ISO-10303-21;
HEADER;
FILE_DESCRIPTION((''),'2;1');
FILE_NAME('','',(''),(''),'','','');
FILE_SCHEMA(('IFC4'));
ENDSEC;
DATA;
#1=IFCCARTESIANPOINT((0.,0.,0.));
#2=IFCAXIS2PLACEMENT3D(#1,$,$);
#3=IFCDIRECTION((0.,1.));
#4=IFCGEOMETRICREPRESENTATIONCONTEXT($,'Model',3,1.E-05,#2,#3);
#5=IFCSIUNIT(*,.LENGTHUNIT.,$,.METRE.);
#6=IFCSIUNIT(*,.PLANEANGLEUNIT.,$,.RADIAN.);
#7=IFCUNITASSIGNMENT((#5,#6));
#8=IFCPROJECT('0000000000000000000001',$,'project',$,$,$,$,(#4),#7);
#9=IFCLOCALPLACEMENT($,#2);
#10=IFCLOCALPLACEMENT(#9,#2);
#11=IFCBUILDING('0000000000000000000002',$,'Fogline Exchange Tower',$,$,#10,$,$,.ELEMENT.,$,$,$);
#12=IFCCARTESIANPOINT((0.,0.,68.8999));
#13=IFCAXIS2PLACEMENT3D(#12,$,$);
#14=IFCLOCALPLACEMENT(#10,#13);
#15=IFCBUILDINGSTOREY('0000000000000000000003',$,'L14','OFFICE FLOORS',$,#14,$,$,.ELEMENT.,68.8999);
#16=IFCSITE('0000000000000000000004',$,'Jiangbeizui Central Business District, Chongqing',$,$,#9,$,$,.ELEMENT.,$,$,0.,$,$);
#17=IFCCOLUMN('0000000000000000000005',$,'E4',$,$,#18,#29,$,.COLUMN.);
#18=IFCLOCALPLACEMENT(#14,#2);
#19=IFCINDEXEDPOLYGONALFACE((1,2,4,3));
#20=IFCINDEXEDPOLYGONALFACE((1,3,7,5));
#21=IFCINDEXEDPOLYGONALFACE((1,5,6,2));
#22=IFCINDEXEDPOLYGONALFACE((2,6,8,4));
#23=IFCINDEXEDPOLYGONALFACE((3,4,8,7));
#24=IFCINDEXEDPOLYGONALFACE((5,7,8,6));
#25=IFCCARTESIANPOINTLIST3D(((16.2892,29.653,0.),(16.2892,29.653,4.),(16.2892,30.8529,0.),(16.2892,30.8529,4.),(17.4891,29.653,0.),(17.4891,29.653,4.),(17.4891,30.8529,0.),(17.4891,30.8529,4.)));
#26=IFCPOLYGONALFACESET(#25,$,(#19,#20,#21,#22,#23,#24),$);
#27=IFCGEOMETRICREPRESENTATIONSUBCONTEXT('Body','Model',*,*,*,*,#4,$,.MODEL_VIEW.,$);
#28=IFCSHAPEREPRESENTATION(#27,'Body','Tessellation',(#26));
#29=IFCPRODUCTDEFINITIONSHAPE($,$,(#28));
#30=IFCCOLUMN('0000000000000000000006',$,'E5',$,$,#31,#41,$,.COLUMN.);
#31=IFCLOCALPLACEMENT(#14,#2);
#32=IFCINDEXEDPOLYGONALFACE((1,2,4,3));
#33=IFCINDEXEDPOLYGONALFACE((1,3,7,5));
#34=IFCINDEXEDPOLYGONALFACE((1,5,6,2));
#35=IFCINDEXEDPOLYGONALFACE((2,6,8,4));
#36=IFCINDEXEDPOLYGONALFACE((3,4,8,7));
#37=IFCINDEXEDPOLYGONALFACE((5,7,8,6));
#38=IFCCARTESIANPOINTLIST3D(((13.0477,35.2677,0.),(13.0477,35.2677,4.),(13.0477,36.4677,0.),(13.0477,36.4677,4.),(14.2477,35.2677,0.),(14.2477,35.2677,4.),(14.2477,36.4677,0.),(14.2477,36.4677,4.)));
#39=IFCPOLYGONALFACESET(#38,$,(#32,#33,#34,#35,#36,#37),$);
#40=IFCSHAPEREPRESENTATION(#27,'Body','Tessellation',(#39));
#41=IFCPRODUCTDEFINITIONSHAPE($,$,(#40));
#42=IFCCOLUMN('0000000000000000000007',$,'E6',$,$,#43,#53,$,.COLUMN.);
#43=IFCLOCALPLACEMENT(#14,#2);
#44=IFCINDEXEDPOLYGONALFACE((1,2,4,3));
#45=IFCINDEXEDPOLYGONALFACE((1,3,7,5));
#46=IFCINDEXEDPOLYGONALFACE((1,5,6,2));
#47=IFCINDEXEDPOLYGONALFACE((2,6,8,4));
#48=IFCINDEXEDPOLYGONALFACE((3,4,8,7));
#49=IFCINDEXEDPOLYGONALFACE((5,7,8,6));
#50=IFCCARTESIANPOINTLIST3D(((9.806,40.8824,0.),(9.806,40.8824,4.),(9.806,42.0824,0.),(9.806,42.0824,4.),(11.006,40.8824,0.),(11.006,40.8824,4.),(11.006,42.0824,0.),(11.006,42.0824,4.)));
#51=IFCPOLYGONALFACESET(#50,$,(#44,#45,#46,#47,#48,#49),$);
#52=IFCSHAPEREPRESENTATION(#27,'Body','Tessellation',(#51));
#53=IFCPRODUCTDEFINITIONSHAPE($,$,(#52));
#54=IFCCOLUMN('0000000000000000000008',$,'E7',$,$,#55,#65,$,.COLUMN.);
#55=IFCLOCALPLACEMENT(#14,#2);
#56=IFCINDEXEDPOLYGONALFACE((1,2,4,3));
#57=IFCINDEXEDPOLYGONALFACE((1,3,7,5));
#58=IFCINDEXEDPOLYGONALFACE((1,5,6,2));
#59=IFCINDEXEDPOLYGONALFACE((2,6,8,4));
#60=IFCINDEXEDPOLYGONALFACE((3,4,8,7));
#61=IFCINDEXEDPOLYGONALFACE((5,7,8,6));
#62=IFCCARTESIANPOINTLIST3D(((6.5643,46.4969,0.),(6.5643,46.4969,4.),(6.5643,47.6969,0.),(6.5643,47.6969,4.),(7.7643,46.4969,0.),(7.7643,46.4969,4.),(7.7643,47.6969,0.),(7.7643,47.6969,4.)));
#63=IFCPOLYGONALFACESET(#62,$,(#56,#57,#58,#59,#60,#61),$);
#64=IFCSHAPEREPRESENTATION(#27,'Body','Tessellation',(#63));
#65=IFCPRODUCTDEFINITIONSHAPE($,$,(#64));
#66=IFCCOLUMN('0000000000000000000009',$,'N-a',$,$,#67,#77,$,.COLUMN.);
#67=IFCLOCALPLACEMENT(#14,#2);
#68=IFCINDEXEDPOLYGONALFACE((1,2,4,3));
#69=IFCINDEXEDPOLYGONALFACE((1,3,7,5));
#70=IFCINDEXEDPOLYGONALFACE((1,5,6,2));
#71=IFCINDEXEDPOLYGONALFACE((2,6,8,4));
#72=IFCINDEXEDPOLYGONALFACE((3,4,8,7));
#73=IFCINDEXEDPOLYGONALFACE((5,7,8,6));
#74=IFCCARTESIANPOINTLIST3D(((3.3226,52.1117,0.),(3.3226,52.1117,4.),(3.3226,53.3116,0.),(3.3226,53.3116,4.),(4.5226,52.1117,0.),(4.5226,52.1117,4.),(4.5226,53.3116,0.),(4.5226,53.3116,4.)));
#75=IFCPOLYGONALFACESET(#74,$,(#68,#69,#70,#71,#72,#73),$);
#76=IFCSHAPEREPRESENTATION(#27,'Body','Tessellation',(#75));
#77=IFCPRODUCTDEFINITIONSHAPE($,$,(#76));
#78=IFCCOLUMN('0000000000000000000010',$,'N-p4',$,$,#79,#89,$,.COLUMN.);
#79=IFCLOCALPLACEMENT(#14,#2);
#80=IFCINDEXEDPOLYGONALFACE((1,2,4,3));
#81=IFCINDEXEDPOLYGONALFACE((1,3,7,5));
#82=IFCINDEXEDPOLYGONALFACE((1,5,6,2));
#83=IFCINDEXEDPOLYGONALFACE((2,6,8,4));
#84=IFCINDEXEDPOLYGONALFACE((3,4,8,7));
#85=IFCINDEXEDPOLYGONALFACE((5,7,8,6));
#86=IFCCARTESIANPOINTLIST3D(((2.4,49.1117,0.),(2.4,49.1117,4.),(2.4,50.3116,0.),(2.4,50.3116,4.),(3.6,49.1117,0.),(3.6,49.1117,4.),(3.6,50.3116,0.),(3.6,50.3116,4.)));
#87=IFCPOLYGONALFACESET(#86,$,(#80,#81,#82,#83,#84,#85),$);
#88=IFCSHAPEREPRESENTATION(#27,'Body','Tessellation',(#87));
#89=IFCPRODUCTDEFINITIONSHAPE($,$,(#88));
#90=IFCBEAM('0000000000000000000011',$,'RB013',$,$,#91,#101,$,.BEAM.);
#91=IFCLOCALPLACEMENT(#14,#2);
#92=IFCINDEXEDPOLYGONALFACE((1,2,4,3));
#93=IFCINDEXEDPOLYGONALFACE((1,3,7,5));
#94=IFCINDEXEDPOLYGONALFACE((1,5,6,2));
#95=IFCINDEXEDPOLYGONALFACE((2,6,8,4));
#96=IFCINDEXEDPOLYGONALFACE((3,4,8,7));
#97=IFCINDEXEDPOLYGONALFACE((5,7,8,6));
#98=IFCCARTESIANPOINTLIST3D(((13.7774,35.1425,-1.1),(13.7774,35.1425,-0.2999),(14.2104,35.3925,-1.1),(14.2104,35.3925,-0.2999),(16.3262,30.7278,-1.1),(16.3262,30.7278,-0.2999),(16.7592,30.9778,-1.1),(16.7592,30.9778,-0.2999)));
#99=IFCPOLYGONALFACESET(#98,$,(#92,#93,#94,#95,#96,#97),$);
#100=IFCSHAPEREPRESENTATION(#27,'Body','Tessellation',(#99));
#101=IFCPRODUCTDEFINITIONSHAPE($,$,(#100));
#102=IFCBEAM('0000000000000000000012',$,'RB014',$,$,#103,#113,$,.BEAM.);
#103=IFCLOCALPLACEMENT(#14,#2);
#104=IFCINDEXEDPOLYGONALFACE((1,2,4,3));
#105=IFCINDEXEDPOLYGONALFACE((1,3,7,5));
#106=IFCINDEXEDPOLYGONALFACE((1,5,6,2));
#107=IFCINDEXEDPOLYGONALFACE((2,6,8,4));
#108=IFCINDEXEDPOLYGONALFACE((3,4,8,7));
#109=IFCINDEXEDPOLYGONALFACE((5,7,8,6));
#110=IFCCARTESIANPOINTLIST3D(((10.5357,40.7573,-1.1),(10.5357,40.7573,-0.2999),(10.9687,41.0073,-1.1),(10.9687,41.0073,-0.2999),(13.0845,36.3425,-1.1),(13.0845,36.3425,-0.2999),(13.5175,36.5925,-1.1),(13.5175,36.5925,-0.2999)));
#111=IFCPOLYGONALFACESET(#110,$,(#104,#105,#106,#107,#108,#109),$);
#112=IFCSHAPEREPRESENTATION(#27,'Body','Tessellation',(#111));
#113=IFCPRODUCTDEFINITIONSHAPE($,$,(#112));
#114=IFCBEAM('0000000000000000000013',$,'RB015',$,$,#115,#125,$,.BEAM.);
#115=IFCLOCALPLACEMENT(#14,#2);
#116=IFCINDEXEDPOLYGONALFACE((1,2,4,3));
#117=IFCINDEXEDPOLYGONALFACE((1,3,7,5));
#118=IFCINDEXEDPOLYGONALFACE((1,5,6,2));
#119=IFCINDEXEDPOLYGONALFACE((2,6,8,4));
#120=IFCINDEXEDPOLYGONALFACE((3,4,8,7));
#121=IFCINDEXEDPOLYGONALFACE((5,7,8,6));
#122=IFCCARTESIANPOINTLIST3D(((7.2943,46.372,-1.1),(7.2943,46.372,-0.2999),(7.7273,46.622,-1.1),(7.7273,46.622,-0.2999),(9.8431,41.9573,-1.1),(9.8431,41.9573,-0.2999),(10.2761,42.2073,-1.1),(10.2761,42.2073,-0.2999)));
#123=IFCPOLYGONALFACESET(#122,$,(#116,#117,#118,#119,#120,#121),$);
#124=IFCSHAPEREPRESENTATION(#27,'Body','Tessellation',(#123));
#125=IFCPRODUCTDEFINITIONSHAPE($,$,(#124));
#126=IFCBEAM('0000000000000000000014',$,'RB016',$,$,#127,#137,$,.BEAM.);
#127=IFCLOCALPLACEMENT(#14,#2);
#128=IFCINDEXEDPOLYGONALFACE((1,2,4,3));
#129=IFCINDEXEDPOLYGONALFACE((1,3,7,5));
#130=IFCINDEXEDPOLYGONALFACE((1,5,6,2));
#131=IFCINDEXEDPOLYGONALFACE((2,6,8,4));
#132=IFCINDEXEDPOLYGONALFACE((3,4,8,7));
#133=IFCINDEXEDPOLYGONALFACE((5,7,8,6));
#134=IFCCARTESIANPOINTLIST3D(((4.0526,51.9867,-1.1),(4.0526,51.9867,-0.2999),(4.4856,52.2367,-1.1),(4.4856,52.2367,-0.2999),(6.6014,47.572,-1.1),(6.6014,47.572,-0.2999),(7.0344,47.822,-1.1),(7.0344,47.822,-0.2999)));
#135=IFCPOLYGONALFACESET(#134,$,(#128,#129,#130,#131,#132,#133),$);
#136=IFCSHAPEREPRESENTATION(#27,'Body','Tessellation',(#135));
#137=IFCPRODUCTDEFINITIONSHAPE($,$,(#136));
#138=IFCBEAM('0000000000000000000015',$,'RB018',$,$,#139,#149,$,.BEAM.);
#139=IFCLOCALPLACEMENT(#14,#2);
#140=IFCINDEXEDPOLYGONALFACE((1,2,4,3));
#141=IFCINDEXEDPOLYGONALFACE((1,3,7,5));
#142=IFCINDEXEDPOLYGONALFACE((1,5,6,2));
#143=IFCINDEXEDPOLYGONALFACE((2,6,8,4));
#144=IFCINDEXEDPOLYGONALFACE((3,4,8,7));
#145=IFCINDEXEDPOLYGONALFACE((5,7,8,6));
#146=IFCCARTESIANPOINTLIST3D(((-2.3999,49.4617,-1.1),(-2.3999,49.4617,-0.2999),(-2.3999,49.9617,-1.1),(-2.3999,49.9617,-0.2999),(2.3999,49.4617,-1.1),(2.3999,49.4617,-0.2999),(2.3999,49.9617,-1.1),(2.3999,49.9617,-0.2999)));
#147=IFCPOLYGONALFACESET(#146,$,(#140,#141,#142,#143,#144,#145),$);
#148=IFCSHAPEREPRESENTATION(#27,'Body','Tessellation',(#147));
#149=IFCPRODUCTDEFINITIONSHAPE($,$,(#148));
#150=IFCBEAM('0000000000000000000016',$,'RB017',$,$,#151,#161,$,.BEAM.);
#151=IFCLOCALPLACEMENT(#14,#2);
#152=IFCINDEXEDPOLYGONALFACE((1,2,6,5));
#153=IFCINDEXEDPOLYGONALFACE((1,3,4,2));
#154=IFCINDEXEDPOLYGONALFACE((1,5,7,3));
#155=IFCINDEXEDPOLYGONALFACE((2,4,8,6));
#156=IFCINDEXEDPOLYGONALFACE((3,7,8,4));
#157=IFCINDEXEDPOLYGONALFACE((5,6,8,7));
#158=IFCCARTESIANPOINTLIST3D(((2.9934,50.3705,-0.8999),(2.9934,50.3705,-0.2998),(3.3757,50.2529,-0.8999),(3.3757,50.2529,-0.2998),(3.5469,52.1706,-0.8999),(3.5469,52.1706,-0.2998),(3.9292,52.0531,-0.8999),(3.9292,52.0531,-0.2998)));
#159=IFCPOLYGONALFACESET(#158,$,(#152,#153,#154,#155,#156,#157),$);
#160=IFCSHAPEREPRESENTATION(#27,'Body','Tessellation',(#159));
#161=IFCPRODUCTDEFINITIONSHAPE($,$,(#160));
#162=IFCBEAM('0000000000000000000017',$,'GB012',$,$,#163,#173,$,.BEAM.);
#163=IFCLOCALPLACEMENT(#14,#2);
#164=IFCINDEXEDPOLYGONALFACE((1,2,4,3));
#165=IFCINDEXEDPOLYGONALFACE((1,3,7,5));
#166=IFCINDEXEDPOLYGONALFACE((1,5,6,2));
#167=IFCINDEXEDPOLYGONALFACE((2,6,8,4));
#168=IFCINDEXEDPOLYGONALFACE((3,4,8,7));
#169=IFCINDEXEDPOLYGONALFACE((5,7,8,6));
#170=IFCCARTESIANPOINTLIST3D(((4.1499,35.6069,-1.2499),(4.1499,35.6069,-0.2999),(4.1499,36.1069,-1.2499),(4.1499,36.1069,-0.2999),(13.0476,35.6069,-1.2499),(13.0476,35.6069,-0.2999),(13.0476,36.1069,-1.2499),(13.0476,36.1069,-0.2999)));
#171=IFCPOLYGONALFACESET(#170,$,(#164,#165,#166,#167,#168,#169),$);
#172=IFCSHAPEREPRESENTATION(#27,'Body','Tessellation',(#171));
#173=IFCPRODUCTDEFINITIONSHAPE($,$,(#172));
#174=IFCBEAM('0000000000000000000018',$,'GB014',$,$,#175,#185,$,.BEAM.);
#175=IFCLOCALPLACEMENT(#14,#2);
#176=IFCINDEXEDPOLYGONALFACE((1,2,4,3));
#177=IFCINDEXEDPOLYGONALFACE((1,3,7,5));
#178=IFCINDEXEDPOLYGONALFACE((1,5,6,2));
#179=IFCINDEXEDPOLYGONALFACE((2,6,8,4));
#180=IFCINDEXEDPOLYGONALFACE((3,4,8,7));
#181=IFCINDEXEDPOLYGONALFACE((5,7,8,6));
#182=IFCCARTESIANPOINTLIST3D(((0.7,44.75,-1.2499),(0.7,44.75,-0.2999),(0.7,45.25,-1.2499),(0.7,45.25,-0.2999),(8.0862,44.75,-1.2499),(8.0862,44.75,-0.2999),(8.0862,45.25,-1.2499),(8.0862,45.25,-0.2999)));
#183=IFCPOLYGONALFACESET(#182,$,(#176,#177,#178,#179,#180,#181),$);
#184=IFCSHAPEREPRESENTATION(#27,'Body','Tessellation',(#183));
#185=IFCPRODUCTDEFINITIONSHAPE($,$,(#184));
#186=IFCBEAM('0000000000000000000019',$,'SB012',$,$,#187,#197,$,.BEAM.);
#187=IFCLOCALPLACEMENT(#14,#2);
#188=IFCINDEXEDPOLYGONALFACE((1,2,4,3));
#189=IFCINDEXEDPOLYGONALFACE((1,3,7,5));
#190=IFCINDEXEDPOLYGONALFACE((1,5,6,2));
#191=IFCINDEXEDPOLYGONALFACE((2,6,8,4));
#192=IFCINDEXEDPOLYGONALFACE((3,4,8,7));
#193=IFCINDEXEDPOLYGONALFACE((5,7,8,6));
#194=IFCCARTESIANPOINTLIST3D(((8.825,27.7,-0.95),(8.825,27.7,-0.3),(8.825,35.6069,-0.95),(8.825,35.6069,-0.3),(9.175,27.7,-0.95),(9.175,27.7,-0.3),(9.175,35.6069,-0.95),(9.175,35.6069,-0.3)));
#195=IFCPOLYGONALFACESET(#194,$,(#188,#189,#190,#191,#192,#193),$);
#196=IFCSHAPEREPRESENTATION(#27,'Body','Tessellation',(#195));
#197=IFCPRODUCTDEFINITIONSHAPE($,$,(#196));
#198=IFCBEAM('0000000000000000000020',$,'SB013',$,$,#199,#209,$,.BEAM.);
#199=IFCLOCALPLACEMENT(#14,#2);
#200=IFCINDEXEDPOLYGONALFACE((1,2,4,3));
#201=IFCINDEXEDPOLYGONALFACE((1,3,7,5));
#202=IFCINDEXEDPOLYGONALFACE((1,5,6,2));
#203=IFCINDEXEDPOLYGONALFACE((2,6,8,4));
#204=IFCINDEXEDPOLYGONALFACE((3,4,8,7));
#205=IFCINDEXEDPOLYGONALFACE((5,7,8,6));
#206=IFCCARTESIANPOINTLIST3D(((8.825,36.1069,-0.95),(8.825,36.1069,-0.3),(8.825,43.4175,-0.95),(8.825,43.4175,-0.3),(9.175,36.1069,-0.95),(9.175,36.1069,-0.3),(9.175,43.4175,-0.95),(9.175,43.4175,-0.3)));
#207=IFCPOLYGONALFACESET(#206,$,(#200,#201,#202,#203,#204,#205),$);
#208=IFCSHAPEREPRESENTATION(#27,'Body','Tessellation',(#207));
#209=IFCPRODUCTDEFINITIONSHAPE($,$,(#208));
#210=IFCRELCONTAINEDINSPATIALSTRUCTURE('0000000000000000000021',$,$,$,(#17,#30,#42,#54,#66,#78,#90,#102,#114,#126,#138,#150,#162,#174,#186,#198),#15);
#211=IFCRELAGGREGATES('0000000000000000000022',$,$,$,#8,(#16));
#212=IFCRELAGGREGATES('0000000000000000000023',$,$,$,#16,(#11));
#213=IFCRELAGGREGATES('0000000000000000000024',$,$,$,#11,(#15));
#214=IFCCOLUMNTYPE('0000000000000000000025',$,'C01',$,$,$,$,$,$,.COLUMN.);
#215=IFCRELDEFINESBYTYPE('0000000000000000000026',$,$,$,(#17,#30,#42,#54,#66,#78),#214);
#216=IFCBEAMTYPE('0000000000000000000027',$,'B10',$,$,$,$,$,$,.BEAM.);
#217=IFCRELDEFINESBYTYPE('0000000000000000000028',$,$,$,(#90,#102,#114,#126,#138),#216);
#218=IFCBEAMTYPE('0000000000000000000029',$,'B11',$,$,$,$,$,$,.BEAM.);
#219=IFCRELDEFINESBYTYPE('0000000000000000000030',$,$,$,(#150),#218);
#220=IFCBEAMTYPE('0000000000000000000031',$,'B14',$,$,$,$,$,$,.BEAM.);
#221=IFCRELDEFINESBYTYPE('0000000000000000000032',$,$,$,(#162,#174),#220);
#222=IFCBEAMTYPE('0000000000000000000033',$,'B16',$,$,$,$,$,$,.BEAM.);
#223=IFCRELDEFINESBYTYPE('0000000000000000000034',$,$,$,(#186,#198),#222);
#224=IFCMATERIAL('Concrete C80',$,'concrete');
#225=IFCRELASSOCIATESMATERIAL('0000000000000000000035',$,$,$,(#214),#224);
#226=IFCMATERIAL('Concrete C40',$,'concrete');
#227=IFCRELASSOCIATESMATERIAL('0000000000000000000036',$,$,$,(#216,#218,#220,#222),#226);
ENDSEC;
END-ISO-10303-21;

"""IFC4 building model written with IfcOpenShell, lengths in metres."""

from ifc_helpers import new_model, si_unit, direction, frame, origin, origin_2d, place, context, subcontext, project, spatial, rectangle, extrude, material, material_profile, profile_set, type_object, element, save


model = new_model("IFC4")

# Units and contexts
model_context = context("Model", 3, precision=1e-05, world=origin(), true_north=direction((0.0, 1.0)))
body_context = subcontext(model_context, "Body", "Model", "MODEL_VIEW")
ifc_project = project(units=[si_unit("LENGTHUNIT", "METRE"), si_unit("PLANEANGLEUNIT", "RADIAN")], contexts=[model_context])

# Site, building, storey
site_placement = place(None, origin())
site = spatial("IfcSite", under=ifc_project, at=site_placement, Name="Jiangbeizui Central Business District, Chongqing", CompositionType="ELEMENT", RefElevation=0.0)
building_placement = place(site_placement, origin())
building = spatial("IfcBuilding", under=site, at=building_placement, Name="Fogline Exchange Tower", CompositionType="ELEMENT")
storey_placement = place(building_placement, frame((0.0, 0.0, 68.8999)))
storey = spatial("IfcBuildingStorey", under=building, at=storey_placement, Name="L14", Description="OFFICE FLOORS", CompositionType="ELEMENT", Elevation=68.8999)

# Columns
ifc_material_1 = material(Name="Concrete C80", Category="concrete")
ifc_material_profile_1 = material_profile(ifc_material_1, rectangle(XDim=1.2, YDim=1.2, at=origin_2d()), Name="RC 1200x1200")
ifc_profile_set_1 = profile_set([ifc_material_profile_1], Name="Concrete C80")
column_type = type_object("IfcColumnType", Name="C01", PredefinedType="COLUMN", material=ifc_profile_set_1)
for number, where, z_axis, x_axis, name in (
    (1, (16.8892, 30.2529, 0.0), (0.0, 0.0, 1.0), (1.0, 0.0, 0.0), "E4"),
    (2, (13.6477, 35.8677, 0.0), (0.0, 0.0, 1.0), (1.0, 0.0, 0.0), "E5"),
    (3, (10.406, 41.4824, 0.0), (0.0, 0.0, 1.0), (1.0, 0.0, 0.0), "E6"),
    (4, (7.1643, 47.0969, 0.0), (0.0, 0.0, 1.0), (1.0, 0.0, 0.0), "E7"),
    (5, (3.9226, 52.7117, 0.0), (0.0, 0.0, 1.0), (1.0, 0.0, 0.0), "N-a"),
    (6, (3.0, 49.7117, 0.0), (0.0, 0.0, 1.0), (1.0, 0.0, 0.0), "N-p4"),
):
    element("IfcColumn", number, at=place(storey_placement, frame(where, z_axis=z_axis, x_axis=x_axis)), inside=storey, type_object=column_type, Name=name, PredefinedType="COLUMN", context=body_context, shape_type="SweptSolid", body=[
        extrude(rectangle(XDim=1.2, YDim=1.2, at=origin_2d()), origin(), (0.0, 0.0, 1.0), 4.0),
    ])

# Beams
ifc_material_2 = material(Name="Concrete C40", Category="concrete")
ifc_material_profile_2 = material_profile(ifc_material_2, rectangle(XDim=0.5, YDim=0.8, at=origin_2d()), Name="RC 500x800")
ifc_profile_set_2 = profile_set([ifc_material_profile_2], Name="Concrete C40")
beam_type_1 = type_object("IfcBeamType", Name="B10", PredefinedType="BEAM", material=ifc_profile_set_2)
for number, where, z_axis, x_axis, name in (
    (7, (16.5427, 30.8528, -0.7), (-0.499992, 0.86603, 0.0), (-0.86603, -0.499992, 0.0), "RB013"),
    (8, (13.301, 36.4675, -0.7), (-0.499992, 0.86603, 0.0), (-0.86603, -0.499992, 0.0), "RB014"),
    (9, (10.0596, 42.0823, -0.7), (-0.499992, 0.86603, 0.0), (-0.86603, -0.499992, 0.0), "RB015"),
    (10, (6.8179, 47.697, -0.7), (-0.499992, 0.86603, 0.0), (-0.86603, -0.499992, 0.0), "RB016"),
):
    element("IfcBeam", number, at=place(storey_placement, frame(where, z_axis=z_axis, x_axis=x_axis)), inside=storey, type_object=beam_type_1, Name=name, PredefinedType="BEAM", context=body_context, shape_type="SweptSolid", body=[
        extrude(rectangle(XDim=0.5, YDim=0.8, at=origin_2d()), origin(), (0.0, 0.0, 1.0), 5.0977),
    ])
beam_1_placement = place(storey_placement, frame((2.3999, 49.7117, -0.7), z_axis=(-1.0, 0.0, 0.0), x_axis=(0.0, -1.0, 0.0)))
element("IfcBeam", 11, at=beam_1_placement, inside=storey, type_object=beam_type_1, Name="RB018", PredefinedType="BEAM", context=body_context, shape_type="SweptSolid", body=[
    extrude(rectangle(XDim=0.5, YDim=0.8, at=origin_2d()), origin(), (0.0, 0.0, 1.0), 4.7998),
])
ifc_material_profile_3 = material_profile(ifc_material_2, rectangle(XDim=0.3999, YDim=0.6001, at=origin_2d()), Name="RC 400x600")
ifc_profile_set_3 = profile_set([ifc_material_profile_3], Name="Concrete C40")
beam_type_2 = type_object("IfcBeamType", Name="B11", PredefinedType="BEAM", material=ifc_profile_set_3)
beam_2_placement = place(storey_placement, frame((3.738, 52.1118, -0.5999), z_axis=(-0.293895, -0.955838, 0.0), x_axis=(0.955838, -0.293895, 0.0)))
element("IfcBeam", 12, at=beam_2_placement, inside=storey, type_object=beam_type_2, Name="RB017", PredefinedType="BEAM", context=body_context, shape_type="SweptSolid", body=[
    extrude(rectangle(XDim=0.3999, YDim=0.6001, at=origin_2d()), origin(), (0.0, 0.0, 1.0), 1.8833),
])
ifc_material_profile_4 = material_profile(ifc_material_2, rectangle(XDim=0.5, YDim=0.95, at=origin_2d()), Name="RC 500x950")
ifc_profile_set_4 = profile_set([ifc_material_profile_4], Name="Concrete C40")
beam_type_3 = type_object("IfcBeamType", Name="B14", PredefinedType="BEAM", material=ifc_profile_set_4)
beam_3_placement = place(storey_placement, frame((4.1499, 35.8569, -0.7749), z_axis=(1.0, 0.0, 0.0), x_axis=(0.0, 1.0, 0.0)))
element("IfcBeam", 13, at=beam_3_placement, inside=storey, type_object=beam_type_3, Name="GB012", PredefinedType="BEAM", context=body_context, shape_type="SweptSolid", body=[
    extrude(rectangle(XDim=0.5, YDim=0.95, at=origin_2d()), origin(), (0.0, 0.0, 1.0), 8.8977),
])
beam_4_placement = place(storey_placement, frame((0.7, 45.0, -0.7749), z_axis=(1.0, 0.0, 0.0), x_axis=(0.0, 1.0, 0.0)))
element("IfcBeam", 14, at=beam_4_placement, inside=storey, type_object=beam_type_3, Name="GB014", PredefinedType="BEAM", context=body_context, shape_type="SweptSolid", body=[
    extrude(rectangle(XDim=0.5, YDim=0.95, at=origin_2d()), origin(), (0.0, 0.0, 1.0), 7.3862),
])
ifc_material_profile_5 = material_profile(ifc_material_2, rectangle(XDim=0.3501, YDim=0.6499, at=origin_2d()), Name="RC 350x650")
ifc_profile_set_5 = profile_set([ifc_material_profile_5], Name="Concrete C40")
beam_type_4 = type_object("IfcBeamType", Name="B16", PredefinedType="BEAM", material=ifc_profile_set_5)
beam_5_placement = place(storey_placement, frame((9.0, 27.7, -0.625), z_axis=(0.0, 1.0, 0.0), x_axis=(-1.0, 0.0, 0.0)))
element("IfcBeam", 15, at=beam_5_placement, inside=storey, type_object=beam_type_4, Name="SB012", PredefinedType="BEAM", context=body_context, shape_type="SweptSolid", body=[
    extrude(rectangle(XDim=0.3501, YDim=0.6499, at=origin_2d()), origin(), (0.0, 0.0, 1.0), 7.907),
])
beam_6_placement = place(storey_placement, frame((9.0, 36.1069, -0.625), z_axis=(0.0, 1.0, 0.0), x_axis=(-1.0, 0.0, 0.0)))
element("IfcBeam", 16, at=beam_6_placement, inside=storey, type_object=beam_type_4, Name="SB013", PredefinedType="BEAM", context=body_context, shape_type="SweptSolid", body=[
    extrude(rectangle(XDim=0.3501, YDim=0.6499, at=origin_2d()), origin(), (0.0, 0.0, 1.0), 7.3105),
])

save(model, "model.ifc")
